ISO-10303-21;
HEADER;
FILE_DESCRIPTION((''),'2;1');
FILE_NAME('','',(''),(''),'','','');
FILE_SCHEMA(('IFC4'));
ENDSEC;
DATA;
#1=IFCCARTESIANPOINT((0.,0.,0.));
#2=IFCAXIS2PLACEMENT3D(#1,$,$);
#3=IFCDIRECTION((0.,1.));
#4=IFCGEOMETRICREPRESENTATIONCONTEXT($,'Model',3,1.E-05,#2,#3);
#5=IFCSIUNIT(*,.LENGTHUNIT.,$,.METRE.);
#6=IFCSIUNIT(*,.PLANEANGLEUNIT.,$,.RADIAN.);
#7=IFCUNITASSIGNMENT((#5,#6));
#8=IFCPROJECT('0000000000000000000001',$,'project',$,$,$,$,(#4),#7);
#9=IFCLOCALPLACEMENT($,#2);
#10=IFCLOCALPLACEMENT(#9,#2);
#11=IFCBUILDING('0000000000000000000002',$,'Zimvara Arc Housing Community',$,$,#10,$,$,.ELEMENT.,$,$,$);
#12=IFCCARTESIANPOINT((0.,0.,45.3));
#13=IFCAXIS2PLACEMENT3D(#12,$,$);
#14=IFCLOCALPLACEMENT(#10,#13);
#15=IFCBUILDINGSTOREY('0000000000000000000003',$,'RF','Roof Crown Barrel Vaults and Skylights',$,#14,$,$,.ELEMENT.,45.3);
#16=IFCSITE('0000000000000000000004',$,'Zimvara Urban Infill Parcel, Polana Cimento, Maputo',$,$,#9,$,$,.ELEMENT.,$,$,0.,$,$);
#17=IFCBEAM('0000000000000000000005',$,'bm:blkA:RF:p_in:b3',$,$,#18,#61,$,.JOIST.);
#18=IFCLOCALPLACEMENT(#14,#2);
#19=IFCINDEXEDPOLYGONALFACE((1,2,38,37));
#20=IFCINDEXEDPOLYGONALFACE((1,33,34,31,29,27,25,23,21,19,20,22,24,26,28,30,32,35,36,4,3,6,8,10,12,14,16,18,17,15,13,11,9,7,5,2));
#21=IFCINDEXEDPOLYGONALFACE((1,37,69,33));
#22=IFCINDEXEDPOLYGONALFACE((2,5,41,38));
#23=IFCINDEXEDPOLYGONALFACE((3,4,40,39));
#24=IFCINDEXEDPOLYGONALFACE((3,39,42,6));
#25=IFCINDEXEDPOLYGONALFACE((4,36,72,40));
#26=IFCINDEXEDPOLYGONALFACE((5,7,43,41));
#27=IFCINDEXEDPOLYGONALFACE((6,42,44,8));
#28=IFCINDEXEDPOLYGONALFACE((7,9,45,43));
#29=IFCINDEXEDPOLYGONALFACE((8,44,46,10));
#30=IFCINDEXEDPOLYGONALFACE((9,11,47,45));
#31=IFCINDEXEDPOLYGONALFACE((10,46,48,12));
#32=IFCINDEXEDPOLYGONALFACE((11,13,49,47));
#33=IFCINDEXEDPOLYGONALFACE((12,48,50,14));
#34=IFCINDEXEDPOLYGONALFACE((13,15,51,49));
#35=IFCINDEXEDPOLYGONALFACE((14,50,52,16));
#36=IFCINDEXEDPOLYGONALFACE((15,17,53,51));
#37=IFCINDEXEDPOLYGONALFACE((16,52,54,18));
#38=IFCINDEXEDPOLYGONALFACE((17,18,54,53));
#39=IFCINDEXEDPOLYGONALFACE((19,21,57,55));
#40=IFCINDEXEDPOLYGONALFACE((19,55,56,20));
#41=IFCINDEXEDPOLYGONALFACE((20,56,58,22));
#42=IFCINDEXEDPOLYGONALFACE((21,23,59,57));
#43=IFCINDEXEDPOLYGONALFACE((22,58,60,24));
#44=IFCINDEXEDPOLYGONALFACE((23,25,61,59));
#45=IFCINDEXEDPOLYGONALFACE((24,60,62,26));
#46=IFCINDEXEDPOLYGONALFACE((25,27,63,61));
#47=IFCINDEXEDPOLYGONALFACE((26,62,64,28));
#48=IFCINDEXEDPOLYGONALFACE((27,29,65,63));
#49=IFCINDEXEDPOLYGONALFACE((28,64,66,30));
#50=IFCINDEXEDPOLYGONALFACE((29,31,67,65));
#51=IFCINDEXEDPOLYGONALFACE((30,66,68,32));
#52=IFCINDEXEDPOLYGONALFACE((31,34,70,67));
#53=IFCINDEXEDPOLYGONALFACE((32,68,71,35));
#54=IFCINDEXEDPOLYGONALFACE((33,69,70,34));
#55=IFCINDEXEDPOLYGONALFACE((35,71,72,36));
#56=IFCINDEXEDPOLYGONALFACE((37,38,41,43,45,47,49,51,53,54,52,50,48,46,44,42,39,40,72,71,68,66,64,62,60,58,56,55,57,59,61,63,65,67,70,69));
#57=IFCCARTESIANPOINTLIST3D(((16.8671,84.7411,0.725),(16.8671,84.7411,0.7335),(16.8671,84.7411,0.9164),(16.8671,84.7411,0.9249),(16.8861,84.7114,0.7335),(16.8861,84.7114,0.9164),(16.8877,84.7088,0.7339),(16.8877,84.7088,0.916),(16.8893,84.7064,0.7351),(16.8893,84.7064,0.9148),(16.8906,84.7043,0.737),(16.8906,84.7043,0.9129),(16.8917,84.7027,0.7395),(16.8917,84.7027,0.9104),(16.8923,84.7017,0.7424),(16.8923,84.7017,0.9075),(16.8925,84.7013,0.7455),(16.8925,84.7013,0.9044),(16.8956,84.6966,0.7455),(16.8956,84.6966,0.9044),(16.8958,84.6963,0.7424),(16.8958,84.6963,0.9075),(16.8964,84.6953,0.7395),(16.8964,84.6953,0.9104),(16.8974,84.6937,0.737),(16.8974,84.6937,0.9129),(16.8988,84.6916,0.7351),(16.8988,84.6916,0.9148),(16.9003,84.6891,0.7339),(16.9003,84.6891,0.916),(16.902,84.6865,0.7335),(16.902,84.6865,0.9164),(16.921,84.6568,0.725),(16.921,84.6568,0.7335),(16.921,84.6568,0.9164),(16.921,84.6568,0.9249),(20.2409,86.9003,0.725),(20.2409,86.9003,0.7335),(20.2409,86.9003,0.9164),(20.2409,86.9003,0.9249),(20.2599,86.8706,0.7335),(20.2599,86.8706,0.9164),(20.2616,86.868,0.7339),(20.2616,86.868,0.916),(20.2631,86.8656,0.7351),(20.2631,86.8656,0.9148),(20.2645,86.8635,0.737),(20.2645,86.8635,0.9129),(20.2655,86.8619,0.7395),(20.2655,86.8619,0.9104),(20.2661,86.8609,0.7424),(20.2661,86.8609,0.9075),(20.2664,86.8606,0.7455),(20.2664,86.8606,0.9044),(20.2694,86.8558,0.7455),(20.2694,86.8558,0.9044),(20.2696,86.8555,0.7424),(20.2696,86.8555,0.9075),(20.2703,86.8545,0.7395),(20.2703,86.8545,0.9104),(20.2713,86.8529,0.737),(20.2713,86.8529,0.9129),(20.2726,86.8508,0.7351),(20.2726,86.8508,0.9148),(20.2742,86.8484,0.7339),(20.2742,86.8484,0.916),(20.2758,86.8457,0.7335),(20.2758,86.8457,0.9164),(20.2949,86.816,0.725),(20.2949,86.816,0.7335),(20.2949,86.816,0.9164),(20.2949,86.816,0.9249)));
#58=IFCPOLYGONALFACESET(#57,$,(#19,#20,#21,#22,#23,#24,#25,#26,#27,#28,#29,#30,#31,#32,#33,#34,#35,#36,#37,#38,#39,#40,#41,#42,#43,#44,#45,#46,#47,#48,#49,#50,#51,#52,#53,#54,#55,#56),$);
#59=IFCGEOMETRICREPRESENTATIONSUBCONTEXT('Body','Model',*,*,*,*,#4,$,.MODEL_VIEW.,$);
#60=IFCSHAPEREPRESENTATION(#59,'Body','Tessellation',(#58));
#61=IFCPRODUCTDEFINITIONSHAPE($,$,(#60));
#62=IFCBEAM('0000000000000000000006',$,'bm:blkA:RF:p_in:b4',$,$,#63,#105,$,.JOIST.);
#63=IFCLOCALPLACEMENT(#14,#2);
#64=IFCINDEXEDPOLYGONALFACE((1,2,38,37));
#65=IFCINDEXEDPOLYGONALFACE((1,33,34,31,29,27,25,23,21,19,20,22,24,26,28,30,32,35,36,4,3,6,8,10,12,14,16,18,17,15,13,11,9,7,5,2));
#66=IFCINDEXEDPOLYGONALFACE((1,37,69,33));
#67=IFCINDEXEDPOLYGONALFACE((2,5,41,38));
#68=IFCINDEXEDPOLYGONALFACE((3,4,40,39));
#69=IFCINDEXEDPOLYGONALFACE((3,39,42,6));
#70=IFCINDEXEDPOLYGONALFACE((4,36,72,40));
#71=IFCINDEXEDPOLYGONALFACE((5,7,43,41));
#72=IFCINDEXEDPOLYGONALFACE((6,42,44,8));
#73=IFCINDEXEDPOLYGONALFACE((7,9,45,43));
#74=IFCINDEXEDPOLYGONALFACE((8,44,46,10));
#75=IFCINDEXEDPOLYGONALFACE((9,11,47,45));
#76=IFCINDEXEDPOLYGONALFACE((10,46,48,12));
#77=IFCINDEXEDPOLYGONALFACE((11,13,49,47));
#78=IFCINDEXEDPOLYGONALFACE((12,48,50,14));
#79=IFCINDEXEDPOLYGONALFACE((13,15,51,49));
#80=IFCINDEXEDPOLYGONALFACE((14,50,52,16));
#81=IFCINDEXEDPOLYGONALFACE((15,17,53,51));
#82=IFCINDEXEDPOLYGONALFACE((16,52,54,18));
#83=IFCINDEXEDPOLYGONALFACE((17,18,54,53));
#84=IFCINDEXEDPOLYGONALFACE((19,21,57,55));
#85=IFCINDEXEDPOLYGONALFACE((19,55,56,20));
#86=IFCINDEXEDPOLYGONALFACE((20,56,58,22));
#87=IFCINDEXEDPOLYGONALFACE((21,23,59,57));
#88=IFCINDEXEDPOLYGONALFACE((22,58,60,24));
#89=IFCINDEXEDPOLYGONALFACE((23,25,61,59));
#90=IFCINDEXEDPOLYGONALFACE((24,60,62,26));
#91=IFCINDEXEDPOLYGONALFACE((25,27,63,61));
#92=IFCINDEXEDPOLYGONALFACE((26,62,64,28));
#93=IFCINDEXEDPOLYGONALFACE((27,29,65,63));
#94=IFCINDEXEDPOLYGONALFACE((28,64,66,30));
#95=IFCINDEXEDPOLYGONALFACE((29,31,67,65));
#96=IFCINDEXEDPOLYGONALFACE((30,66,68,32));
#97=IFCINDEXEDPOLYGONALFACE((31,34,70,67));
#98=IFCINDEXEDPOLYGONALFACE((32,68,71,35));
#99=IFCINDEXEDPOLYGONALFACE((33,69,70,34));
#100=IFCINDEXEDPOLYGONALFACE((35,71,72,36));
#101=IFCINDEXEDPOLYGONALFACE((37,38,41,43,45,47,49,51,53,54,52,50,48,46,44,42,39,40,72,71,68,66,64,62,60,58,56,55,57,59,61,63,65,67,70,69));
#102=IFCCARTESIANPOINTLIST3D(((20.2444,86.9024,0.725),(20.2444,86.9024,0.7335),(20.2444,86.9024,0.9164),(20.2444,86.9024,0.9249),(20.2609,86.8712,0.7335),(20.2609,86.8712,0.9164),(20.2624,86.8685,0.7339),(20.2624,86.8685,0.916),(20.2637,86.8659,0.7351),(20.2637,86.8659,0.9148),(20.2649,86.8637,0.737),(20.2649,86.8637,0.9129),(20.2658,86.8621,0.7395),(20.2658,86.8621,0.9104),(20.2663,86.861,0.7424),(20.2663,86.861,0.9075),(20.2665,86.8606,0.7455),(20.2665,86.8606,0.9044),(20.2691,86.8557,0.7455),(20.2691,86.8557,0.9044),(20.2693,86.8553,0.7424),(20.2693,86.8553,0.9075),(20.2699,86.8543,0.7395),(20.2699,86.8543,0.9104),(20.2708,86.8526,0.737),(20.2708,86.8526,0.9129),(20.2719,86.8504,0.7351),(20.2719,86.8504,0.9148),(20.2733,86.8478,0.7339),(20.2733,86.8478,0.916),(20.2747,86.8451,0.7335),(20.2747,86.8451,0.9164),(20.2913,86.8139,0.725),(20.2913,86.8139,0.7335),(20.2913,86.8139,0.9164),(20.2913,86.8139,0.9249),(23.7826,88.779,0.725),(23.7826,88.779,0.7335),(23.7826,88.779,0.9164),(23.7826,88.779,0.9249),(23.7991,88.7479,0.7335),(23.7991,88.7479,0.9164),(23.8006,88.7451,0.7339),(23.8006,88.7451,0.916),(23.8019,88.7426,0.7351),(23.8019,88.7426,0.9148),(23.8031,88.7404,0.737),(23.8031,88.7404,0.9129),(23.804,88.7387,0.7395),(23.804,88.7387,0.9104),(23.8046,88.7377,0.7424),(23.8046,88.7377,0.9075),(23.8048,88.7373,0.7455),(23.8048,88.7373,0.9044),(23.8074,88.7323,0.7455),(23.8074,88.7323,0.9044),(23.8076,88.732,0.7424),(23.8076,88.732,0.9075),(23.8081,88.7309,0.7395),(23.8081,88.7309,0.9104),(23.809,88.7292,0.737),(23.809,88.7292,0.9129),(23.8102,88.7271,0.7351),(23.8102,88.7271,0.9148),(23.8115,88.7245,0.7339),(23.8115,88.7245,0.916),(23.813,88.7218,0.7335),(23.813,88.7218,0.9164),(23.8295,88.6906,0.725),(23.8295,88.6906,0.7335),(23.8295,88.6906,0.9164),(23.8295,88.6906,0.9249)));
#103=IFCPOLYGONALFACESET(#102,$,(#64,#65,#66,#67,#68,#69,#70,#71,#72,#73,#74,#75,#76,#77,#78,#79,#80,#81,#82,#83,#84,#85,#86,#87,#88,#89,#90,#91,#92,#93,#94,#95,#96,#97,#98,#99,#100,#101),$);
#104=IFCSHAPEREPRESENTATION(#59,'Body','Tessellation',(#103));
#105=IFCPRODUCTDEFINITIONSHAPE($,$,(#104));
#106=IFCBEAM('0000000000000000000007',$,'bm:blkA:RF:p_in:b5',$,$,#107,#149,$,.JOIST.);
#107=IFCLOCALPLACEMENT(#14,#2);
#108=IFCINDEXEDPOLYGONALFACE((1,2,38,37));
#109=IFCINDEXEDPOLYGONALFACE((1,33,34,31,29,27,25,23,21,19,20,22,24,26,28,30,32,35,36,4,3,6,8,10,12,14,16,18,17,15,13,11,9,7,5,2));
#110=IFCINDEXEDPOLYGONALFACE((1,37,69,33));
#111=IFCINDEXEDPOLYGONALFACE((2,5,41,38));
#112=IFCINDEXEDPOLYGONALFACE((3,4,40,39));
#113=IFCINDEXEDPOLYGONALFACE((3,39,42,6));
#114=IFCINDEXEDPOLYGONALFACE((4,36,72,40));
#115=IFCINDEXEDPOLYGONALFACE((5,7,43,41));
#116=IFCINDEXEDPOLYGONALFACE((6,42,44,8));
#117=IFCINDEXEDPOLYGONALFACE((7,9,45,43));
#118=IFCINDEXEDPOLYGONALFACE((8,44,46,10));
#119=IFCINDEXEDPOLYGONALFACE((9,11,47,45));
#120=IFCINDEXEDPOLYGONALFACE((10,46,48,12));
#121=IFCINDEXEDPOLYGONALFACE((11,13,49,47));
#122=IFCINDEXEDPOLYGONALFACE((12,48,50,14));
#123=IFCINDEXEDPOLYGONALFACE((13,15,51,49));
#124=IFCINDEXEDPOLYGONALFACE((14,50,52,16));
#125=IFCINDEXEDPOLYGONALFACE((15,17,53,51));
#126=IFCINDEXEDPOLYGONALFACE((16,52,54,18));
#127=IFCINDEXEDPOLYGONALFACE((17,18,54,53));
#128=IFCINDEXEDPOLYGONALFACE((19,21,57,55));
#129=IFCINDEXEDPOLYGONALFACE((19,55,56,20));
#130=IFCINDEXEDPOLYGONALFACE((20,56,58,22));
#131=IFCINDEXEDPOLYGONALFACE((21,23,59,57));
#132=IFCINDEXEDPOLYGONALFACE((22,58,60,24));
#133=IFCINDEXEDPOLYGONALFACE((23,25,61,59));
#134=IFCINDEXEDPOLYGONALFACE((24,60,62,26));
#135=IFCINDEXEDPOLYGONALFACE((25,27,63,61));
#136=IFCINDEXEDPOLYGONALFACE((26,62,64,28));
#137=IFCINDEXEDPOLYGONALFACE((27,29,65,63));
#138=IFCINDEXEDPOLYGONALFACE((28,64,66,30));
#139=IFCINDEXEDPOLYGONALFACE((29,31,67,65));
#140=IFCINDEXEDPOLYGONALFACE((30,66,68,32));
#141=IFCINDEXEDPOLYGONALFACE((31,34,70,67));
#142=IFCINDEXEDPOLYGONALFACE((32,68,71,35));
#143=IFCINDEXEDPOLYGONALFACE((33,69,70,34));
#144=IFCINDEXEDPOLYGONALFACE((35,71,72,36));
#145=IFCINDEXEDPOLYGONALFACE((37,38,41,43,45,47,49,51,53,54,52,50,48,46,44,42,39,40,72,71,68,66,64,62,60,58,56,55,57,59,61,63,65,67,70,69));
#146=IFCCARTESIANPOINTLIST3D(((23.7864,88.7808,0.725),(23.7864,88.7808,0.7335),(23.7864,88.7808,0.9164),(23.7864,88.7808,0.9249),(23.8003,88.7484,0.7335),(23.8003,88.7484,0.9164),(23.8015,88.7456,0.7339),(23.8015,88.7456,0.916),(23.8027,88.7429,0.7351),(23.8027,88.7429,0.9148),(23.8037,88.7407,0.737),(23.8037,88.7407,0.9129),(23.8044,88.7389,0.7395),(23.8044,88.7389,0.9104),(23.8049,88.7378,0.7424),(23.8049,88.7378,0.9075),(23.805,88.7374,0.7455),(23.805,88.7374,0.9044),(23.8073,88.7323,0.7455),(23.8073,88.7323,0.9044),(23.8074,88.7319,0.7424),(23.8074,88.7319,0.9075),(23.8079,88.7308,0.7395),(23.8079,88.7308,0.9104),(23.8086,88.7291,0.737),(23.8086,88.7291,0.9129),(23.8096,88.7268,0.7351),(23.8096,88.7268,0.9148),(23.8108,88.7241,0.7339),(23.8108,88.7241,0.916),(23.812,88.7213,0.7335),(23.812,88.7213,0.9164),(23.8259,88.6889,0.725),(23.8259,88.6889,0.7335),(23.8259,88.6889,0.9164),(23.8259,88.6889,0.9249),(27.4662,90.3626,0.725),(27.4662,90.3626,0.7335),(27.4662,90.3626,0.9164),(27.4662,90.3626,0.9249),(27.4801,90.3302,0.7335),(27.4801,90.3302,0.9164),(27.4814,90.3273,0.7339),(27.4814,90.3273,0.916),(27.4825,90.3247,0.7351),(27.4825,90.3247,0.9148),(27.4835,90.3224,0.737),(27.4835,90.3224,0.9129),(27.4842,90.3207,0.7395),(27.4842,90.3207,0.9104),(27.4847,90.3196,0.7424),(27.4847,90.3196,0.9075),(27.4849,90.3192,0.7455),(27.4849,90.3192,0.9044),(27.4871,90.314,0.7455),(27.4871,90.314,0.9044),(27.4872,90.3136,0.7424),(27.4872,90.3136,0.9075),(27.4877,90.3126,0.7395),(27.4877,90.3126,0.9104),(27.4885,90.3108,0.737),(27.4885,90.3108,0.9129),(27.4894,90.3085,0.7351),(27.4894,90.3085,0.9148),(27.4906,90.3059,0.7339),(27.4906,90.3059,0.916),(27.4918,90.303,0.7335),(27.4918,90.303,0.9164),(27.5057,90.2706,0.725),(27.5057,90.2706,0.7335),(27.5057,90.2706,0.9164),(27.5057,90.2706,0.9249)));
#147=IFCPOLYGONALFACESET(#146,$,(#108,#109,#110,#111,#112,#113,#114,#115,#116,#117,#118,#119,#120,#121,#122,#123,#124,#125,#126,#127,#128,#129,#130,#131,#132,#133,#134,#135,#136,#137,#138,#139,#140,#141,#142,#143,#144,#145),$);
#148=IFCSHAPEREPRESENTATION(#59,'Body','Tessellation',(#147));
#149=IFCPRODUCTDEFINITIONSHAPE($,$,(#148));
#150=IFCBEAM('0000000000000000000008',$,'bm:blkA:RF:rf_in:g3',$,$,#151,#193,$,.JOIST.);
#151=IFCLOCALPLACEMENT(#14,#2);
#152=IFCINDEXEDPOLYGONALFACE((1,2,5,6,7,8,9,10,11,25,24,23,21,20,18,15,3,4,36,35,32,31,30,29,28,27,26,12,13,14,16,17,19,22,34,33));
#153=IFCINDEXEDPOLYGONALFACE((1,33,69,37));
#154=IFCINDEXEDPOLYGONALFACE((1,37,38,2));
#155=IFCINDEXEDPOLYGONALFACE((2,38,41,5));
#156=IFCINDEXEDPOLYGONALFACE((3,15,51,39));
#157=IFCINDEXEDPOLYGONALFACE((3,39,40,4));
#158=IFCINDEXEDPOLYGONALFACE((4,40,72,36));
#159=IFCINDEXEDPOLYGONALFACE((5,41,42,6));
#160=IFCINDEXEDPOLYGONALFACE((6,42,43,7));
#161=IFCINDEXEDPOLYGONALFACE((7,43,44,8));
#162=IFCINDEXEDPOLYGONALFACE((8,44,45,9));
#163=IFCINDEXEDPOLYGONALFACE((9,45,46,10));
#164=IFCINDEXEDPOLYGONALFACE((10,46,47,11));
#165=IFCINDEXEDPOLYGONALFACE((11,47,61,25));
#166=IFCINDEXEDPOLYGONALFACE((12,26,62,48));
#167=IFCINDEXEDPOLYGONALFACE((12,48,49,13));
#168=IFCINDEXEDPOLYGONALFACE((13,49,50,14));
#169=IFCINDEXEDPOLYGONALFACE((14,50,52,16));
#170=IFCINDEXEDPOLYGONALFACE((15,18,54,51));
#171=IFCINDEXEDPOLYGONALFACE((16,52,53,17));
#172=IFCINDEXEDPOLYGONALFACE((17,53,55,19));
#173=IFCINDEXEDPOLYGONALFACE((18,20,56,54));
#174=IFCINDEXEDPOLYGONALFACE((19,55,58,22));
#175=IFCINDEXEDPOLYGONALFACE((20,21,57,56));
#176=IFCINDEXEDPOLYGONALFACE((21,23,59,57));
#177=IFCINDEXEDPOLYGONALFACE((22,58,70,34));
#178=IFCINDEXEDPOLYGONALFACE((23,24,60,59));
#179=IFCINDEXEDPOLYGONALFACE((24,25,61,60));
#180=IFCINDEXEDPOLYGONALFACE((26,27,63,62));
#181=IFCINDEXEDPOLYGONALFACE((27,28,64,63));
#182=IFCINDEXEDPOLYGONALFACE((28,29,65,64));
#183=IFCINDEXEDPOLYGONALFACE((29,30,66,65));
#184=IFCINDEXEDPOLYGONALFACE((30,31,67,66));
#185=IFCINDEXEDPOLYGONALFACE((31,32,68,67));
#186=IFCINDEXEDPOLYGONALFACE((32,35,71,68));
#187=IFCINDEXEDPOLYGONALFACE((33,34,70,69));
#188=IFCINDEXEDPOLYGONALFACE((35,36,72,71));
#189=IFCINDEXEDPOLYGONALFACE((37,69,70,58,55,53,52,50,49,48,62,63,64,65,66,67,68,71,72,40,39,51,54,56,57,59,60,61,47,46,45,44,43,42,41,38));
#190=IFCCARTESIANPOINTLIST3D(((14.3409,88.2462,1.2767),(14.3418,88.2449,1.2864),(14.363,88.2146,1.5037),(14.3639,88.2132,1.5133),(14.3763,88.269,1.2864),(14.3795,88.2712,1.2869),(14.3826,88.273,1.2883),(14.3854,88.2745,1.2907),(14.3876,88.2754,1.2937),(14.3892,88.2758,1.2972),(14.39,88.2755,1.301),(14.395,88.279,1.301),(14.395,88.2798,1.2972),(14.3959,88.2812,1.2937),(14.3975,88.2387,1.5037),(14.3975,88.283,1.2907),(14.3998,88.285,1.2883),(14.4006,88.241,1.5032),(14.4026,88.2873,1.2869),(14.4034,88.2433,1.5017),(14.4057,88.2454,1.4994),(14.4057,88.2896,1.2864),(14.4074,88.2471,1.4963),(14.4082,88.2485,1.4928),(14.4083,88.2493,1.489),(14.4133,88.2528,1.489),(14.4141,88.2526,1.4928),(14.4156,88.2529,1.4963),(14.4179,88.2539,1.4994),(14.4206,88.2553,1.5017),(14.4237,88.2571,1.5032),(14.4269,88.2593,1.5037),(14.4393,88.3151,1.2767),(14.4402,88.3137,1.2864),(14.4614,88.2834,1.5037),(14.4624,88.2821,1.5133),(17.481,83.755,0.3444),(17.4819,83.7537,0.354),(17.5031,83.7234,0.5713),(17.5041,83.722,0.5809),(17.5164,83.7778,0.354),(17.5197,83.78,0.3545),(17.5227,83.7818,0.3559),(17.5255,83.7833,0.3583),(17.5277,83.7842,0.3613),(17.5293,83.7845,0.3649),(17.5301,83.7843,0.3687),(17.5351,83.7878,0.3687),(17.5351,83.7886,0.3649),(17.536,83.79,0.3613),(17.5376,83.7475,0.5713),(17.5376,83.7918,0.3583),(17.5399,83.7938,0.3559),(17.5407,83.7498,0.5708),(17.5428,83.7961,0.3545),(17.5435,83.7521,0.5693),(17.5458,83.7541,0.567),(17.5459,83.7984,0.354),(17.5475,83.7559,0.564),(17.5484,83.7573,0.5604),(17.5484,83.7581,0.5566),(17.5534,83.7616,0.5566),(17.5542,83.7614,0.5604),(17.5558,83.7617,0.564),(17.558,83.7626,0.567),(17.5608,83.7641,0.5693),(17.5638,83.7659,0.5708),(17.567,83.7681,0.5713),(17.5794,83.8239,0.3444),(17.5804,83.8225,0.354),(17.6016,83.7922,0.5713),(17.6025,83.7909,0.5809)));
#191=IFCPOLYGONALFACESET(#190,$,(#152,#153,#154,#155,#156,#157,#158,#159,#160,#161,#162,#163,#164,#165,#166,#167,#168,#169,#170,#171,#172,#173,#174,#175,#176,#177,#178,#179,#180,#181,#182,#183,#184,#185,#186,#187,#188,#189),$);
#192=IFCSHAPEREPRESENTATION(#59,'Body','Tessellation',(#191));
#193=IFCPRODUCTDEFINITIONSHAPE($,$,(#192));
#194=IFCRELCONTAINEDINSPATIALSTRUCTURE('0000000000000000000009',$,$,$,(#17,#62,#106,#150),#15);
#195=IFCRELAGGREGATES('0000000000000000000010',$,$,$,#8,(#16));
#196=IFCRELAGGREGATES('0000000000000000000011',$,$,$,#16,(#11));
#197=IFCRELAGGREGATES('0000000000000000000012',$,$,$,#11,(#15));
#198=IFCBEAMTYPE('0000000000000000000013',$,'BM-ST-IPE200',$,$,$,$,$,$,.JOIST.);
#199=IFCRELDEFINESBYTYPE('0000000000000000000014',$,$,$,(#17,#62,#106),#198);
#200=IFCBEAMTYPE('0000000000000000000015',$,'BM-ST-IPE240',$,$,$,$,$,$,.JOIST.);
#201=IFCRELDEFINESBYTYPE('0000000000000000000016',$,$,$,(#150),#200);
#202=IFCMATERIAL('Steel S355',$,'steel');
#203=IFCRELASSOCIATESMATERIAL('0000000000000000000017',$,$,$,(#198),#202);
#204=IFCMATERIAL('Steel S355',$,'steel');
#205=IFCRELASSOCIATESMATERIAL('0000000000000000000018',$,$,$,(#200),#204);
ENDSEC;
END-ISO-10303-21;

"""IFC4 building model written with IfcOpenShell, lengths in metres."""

from ifc_helpers import new_model, si_unit, direction, frame, origin, origin_2d, place, context, subcontext, project, spatial, i_section, extrude, material, material_profile, profile_set, type_object, element, save


model = new_model("IFC4")

# Units and contexts
model_context = context("Model", 3, precision=1e-05, world=origin(), true_north=direction((0.0, 1.0)))
body_context = subcontext(model_context, "Body", "Model", "MODEL_VIEW")
ifc_project = project(units=[si_unit("LENGTHUNIT", "METRE"), si_unit("PLANEANGLEUNIT", "RADIAN")], contexts=[model_context])

# Site, building, storey
site_placement = place(None, origin())
site = spatial("IfcSite", under=ifc_project, at=site_placement, Name="Zimvara Urban Infill Parcel, Polana Cimento, Maputo", CompositionType="ELEMENT", RefElevation=0.0)
building_placement = place(site_placement, origin())
building = spatial("IfcBuilding", under=site, at=building_placement, Name="Zimvara Arc Housing Community", CompositionType="ELEMENT")
storey_placement = place(building_placement, frame((0.0, 0.0, 45.3)))
storey = spatial("IfcBuildingStorey", under=building, at=storey_placement, Name="RF", Description="Roof Crown Barrel Vaults and Skylights", CompositionType="ELEMENT", Elevation=45.3)

# Beams
ifc_material_1 = material(Name="Steel S355", Category="steel")
ifc_material_profile_1 = material_profile(ifc_material_1, i_section(OverallWidth=0.1001, OverallDepth=0.2, WebThickness=0.0056, FlangeThickness=0.0085, FilletRadius=0.012, at=origin_2d()), Name="IPE 200")
ifc_profile_set_1 = profile_set([ifc_material_profile_1], Name="Steel S355")
beam_type_1 = type_object("IfcBeamType", Name="BM-ST-IPE200", PredefinedType="JOIST", material=ifc_profile_set_1)
beam_1_placement = place(storey_placement, frame((16.894, 84.699, 0.825), z_axis=(0.842276, 0.539047, 0.0), x_axis=(-0.539047, 0.842276, 0.0)))
element("IfcBeam", 1, at=beam_1_placement, inside=storey, type_object=beam_type_1, Name="bm:blkA:RF:p_in:b3", PredefinedType="JOIST", context=body_context, shape_type="SweptSolid", body=[
    extrude(i_section(OverallWidth=0.1001, OverallDepth=0.2, WebThickness=0.0056, FlangeThickness=0.0085, FilletRadius=0.012, at=origin_2d()), origin(), (0.0, 0.0, 1.0), 4.0056),
])
beam_2_placement = place(storey_placement, frame((20.2678, 86.8582, 0.825), z_axis=(0.883429, 0.468565, 0.0), x_axis=(-0.468565, 0.883429, 0.0)))
element("IfcBeam", 2, at=beam_2_placement, inside=storey, type_object=beam_type_1, Name="bm:blkA:RF:p_in:b4", PredefinedType="JOIST", context=body_context, shape_type="SweptSolid", body=[
    extrude(i_section(OverallWidth=0.1001, OverallDepth=0.2, WebThickness=0.0056, FlangeThickness=0.0085, FilletRadius=0.012, at=origin_2d()), origin(), (0.0, 0.0, 1.0), 4.0051),
])
beam_3_placement = place(storey_placement, frame((23.8062, 88.7349, 0.825), z_axis=(0.918722, 0.394905, 0.0), x_axis=(-0.394905, 0.918722, 0.0)))
element("IfcBeam", 3, at=beam_3_placement, inside=storey, type_object=beam_type_1, Name="bm:blkA:RF:p_in:b5", PredefinedType="JOIST", context=body_context, shape_type="SweptSolid", body=[
    extrude(i_section(OverallWidth=0.1001, OverallDepth=0.2, WebThickness=0.0056, FlangeThickness=0.0085, FilletRadius=0.012, at=origin_2d()), origin(), (0.0, 0.0, 1.0), 4.0054),
])
ifc_material_2 = material(Name="Steel S355", Category="steel")
ifc_material_profile_2 = material_profile(ifc_material_2, i_section(OverallWidth=0.1201, OverallDepth=0.24, WebThickness=0.0061, FlangeThickness=0.0098, FilletRadius=0.0149, at=origin_2d()), Name="IPE 240")
ifc_profile_set_2 = profile_set([ifc_material_profile_2], Name="Steel S355")
beam_type_2 = type_object("IfcBeamType", Name="BM-ST-IPE240", PredefinedType="JOIST", material=ifc_profile_set_2)
for number, where, z_axis, x_axis, name in (
    (4, (17.5417, 83.7729, 0.4626), (-0.56489, 0.80794, 0.167728), (-0.81955, -0.573008, 0.0), "bm:blkA:RF:rf_in:g3"),
):
    element("IfcBeam", number, at=place(storey_placement, frame(where, z_axis=z_axis, x_axis=x_axis)), inside=storey, type_object=beam_type_2, Name=name, PredefinedType="JOIST", context=body_context, shape_type="SweptSolid", body=[
        extrude(i_section(OverallWidth=0.1201, OverallDepth=0.24, WebThickness=0.0061, FlangeThickness=0.0098, FilletRadius=0.0149, at=origin_2d()), origin(), (0.0, 0.0, 1.0), 5.5588),
    ])

save(model, "model.ifc")
